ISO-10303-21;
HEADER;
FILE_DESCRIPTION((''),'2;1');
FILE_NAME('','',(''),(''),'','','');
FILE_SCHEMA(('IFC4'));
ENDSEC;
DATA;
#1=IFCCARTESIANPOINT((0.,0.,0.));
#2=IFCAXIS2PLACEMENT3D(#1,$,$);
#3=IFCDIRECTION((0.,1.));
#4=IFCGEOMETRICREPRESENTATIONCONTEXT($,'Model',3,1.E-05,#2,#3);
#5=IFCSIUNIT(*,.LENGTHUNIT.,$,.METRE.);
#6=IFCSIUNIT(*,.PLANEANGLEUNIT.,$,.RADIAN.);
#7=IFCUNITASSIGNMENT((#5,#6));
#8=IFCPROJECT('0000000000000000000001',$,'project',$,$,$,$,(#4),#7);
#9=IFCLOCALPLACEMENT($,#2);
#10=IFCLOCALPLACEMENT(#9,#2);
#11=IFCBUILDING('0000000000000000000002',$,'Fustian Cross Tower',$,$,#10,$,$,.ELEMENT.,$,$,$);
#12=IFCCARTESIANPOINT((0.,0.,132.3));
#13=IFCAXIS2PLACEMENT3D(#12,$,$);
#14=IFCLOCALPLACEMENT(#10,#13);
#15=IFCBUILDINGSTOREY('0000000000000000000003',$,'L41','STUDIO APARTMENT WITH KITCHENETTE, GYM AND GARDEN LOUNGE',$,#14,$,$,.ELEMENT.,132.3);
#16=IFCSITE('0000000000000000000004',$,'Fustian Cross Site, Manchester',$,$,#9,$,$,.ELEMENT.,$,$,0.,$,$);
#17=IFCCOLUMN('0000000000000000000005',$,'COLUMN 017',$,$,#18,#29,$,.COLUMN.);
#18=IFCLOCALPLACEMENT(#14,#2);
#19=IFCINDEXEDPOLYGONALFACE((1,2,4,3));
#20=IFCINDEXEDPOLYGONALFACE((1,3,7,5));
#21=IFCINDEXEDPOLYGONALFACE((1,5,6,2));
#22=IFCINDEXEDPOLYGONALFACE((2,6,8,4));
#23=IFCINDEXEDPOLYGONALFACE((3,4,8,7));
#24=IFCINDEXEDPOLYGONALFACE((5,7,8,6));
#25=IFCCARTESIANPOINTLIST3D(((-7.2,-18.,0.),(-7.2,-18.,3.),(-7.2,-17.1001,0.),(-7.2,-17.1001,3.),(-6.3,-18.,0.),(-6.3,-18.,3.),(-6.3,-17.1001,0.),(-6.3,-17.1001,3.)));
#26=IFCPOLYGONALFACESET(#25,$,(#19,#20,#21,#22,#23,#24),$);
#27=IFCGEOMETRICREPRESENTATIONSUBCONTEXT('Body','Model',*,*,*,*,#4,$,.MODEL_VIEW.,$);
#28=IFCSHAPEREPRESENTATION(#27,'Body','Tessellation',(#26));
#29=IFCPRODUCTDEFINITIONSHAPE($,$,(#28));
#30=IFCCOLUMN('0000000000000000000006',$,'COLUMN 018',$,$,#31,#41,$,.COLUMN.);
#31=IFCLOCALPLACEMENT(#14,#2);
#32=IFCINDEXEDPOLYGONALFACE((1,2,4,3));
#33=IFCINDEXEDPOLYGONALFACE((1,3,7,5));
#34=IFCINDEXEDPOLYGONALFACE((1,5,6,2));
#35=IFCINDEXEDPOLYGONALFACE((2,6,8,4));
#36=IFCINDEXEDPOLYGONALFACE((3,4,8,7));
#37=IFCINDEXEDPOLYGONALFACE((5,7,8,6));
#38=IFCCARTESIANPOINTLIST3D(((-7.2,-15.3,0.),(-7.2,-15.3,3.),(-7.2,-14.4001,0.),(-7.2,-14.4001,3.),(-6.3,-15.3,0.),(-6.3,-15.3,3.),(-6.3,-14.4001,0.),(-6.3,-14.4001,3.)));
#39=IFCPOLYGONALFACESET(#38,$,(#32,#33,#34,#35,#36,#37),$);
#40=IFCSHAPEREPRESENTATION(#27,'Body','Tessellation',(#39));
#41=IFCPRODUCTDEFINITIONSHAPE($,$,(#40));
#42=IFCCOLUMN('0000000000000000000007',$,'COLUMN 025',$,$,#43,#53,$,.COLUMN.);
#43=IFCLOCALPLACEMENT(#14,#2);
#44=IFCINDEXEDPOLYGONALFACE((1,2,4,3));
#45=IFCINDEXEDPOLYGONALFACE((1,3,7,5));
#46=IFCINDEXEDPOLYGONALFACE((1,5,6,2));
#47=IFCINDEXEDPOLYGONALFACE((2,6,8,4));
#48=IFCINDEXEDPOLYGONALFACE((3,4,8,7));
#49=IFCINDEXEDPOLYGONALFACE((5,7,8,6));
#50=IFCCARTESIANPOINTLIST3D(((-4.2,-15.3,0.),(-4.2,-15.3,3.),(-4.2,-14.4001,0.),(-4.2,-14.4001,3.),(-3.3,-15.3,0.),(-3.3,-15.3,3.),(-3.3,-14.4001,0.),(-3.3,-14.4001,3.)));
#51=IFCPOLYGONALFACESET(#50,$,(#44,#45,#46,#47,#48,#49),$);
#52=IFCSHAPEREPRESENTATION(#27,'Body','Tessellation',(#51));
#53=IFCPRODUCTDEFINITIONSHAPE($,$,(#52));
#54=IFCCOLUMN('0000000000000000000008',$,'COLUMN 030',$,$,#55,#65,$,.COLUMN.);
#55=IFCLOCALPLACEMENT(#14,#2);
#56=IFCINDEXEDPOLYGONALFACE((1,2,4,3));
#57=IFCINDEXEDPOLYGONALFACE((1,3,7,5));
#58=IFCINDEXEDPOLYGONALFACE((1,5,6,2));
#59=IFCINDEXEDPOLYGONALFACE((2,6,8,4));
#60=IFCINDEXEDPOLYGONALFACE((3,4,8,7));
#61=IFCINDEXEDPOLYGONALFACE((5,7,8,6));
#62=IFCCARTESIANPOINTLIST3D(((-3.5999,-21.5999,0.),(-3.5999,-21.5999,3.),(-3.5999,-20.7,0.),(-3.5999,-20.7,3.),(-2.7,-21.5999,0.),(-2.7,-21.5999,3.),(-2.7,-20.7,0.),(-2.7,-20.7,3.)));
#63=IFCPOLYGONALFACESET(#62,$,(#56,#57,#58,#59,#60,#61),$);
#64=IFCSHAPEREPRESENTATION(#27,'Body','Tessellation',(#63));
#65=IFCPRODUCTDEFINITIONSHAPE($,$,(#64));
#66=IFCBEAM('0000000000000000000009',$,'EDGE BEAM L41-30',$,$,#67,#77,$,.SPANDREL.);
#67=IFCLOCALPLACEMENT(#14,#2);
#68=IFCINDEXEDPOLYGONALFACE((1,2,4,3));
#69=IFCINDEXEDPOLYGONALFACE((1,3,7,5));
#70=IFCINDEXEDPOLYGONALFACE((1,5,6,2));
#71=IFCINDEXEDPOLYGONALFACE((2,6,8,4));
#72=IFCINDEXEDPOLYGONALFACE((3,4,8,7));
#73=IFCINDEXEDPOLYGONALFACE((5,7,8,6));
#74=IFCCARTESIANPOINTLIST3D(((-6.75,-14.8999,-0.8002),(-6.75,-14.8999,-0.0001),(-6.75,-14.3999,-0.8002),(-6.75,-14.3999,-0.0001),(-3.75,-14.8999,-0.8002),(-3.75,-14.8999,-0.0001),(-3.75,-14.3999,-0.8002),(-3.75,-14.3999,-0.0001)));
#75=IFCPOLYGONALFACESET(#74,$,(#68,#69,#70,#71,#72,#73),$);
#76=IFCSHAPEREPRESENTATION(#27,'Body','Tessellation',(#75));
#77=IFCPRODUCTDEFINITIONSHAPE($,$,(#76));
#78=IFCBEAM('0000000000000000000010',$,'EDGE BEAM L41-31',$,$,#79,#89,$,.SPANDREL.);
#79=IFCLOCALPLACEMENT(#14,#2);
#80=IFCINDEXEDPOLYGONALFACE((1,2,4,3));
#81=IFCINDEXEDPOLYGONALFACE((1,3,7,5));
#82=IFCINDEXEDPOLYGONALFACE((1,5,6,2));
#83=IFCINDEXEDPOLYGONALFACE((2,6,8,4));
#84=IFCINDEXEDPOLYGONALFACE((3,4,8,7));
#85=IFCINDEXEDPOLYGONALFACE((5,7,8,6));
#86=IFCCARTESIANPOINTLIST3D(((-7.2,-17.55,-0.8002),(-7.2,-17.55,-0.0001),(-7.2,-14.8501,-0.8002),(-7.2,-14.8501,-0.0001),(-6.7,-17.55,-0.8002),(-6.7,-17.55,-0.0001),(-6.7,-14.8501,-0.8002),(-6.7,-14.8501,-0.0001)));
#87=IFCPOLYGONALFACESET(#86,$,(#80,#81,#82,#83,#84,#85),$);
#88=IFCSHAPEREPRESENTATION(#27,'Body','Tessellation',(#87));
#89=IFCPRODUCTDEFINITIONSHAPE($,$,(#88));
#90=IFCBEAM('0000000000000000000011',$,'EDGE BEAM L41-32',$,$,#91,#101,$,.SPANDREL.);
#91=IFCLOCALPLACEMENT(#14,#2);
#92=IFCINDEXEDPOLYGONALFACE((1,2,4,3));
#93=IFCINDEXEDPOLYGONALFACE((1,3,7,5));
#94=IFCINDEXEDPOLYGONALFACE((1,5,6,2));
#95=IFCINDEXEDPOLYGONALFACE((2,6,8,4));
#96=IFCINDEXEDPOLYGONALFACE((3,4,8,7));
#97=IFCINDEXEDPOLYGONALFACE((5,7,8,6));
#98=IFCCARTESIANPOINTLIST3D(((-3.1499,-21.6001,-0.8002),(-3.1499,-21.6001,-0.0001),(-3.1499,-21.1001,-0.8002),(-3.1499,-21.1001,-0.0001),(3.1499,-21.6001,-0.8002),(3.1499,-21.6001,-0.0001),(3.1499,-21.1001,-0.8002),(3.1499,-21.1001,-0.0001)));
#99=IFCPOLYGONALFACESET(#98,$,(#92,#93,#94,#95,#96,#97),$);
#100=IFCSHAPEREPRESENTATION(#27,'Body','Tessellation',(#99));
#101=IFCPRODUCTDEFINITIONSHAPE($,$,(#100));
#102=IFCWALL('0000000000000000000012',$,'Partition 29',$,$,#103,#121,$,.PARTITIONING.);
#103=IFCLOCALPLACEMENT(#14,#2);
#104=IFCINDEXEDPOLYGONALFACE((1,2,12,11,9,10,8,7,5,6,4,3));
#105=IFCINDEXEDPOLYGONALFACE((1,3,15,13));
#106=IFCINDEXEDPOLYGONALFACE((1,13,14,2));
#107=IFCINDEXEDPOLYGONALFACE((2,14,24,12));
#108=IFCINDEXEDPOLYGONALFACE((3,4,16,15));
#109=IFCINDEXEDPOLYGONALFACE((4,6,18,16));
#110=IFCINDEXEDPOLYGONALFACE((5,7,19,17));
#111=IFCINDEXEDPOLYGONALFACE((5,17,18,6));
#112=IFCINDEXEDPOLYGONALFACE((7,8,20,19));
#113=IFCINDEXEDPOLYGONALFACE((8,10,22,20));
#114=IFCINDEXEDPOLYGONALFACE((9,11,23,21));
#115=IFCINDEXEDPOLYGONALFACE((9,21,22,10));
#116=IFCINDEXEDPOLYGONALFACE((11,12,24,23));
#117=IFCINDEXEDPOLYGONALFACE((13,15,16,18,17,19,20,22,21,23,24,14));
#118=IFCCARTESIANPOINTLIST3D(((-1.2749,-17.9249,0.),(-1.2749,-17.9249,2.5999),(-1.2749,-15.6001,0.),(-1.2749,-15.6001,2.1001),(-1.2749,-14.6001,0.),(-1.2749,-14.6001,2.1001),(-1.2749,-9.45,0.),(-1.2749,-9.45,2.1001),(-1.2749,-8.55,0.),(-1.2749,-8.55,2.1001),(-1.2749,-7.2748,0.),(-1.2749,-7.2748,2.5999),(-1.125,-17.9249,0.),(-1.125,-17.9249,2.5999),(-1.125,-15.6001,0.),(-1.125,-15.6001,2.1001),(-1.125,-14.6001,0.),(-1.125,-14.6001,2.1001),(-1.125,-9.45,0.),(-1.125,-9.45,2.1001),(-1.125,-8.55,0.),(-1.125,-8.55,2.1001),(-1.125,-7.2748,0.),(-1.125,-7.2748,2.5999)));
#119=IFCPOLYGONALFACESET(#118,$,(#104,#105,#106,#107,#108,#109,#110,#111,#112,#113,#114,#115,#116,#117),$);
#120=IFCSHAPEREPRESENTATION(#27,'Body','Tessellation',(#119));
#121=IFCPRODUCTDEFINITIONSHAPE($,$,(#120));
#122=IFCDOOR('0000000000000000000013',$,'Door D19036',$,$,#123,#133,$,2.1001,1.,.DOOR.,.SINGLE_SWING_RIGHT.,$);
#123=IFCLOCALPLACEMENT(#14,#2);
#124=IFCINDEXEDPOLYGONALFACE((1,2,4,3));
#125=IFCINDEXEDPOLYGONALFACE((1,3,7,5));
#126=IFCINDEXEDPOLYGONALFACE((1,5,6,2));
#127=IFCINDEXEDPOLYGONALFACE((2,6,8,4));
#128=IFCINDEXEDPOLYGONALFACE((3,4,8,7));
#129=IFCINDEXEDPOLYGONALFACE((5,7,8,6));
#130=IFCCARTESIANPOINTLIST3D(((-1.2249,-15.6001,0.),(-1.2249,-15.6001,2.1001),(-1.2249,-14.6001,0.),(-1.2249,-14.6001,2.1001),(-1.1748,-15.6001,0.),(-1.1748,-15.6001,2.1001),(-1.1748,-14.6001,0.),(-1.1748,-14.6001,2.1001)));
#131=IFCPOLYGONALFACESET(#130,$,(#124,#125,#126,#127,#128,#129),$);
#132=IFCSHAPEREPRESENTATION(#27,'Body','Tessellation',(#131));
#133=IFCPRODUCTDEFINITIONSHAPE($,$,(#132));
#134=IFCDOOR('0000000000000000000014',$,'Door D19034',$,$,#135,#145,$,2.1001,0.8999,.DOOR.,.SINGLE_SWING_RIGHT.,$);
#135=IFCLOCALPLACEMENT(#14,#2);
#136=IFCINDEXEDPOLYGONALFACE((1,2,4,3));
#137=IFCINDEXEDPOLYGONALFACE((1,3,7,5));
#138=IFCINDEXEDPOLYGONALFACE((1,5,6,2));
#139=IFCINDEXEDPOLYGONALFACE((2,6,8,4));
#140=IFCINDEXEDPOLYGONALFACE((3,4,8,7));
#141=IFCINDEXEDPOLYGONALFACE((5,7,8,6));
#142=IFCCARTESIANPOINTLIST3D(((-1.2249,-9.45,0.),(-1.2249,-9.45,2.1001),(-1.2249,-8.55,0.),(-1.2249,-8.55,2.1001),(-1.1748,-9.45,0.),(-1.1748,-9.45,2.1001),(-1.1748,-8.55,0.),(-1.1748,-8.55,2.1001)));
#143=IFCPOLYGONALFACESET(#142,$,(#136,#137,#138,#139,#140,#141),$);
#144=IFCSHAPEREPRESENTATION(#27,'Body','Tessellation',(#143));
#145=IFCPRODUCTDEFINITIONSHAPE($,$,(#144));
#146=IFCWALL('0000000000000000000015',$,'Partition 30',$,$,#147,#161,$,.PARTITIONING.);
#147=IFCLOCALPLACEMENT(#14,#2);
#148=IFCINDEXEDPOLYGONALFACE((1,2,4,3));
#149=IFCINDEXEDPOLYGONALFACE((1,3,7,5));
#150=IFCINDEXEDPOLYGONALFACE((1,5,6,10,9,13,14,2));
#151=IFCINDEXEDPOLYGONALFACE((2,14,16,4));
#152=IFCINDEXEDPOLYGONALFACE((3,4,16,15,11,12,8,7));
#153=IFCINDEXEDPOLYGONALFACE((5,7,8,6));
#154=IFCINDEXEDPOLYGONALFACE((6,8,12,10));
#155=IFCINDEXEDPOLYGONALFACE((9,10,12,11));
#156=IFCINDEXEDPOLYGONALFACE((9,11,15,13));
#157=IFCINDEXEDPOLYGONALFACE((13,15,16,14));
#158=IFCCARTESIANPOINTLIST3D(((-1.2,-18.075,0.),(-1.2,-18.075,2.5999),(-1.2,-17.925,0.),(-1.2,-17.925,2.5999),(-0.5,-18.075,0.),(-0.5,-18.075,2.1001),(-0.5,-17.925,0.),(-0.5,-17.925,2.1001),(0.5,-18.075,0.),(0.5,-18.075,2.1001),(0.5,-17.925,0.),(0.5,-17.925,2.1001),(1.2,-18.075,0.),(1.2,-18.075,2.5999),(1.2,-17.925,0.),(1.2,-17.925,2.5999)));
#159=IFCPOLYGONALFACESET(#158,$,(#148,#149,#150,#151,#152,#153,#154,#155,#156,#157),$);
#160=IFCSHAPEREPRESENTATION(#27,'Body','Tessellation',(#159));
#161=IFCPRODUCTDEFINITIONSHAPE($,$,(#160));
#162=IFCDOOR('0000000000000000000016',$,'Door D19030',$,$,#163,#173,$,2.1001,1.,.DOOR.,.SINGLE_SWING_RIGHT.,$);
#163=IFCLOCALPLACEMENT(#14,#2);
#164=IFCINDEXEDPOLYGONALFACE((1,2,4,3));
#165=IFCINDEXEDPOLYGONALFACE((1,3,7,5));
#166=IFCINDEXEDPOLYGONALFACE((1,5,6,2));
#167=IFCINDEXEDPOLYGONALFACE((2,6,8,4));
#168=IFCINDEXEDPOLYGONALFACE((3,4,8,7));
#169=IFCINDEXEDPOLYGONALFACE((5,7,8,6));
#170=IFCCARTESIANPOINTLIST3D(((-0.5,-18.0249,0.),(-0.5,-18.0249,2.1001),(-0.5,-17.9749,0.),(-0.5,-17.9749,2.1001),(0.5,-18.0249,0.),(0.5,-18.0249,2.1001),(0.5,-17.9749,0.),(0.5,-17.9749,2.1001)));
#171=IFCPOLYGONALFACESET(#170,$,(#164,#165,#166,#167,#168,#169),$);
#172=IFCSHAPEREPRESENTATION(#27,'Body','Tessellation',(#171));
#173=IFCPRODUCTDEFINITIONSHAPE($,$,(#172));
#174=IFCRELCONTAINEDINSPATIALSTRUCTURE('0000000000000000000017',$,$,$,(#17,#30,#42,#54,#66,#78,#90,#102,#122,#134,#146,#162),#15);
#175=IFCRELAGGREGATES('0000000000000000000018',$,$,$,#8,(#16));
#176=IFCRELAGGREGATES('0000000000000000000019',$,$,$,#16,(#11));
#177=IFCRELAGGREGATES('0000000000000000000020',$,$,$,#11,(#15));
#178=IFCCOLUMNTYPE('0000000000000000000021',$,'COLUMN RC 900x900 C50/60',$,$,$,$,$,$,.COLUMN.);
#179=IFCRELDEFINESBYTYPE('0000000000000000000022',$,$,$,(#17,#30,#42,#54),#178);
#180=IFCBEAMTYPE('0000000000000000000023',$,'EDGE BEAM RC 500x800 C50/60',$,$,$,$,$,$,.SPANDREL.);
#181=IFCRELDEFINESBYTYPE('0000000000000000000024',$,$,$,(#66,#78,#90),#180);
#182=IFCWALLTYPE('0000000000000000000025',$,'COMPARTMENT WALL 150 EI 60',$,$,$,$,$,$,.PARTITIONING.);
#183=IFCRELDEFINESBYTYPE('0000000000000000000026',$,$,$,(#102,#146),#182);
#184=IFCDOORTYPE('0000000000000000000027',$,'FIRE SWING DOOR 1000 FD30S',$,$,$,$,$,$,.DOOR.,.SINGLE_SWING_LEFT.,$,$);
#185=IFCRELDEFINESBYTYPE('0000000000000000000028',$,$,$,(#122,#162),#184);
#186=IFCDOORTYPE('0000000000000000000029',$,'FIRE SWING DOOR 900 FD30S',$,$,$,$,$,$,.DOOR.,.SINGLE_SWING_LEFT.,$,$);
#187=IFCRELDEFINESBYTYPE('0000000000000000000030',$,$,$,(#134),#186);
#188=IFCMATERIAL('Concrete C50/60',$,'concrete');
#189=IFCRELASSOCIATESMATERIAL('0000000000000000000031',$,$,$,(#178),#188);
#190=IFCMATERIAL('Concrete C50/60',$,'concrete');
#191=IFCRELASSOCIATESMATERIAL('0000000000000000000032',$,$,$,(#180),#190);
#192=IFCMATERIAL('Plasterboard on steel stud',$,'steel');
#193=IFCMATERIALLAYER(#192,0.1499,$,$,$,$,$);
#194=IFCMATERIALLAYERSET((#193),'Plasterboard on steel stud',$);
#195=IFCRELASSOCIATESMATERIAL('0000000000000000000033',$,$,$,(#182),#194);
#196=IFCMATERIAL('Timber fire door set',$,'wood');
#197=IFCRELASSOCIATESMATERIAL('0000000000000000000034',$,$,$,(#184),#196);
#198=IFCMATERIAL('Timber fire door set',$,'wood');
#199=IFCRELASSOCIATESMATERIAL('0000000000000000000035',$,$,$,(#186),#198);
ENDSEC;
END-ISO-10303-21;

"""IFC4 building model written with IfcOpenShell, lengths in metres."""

from ifc_helpers import new_model, si_unit, direction, frame, frame_2d, origin, origin_2d, place, context, subcontext, project, spatial, rectangle, extrude, material, layer, layer_set, material_profile, profile_set, type_object, element, fill, save


model = new_model("IFC4")

# Units and contexts
model_context = context("Model", 3, precision=1e-05, world=origin(), true_north=direction((0.0, 1.0)))
body_context = subcontext(model_context, "Body", "Model", "MODEL_VIEW")
ifc_project = project(units=[si_unit("LENGTHUNIT", "METRE"), si_unit("PLANEANGLEUNIT", "RADIAN")], contexts=[model_context])

# Site, building, storey
site_placement = place(None, origin())
site = spatial("IfcSite", under=ifc_project, at=site_placement, Name="Fustian Cross Site, Manchester", CompositionType="ELEMENT", RefElevation=0.0)
building_placement = place(site_placement, origin())
building = spatial("IfcBuilding", under=site, at=building_placement, Name="Fustian Cross Tower", CompositionType="ELEMENT")
storey_placement = place(building_placement, frame((0.0, 0.0, 132.3)))
storey = spatial("IfcBuildingStorey", under=building, at=storey_placement, Name="L41", Description="STUDIO APARTMENT WITH KITCHENETTE, GYM AND GARDEN LOUNGE", CompositionType="ELEMENT", Elevation=132.3)

# Columns
ifc_material_1 = material(Name="Concrete C50/60", Category="concrete")
ifc_material_profile_1 = material_profile(ifc_material_1, rectangle(XDim=0.8999, YDim=0.8999, at=origin_2d()), Name="RC 900x900")
ifc_profile_set_1 = profile_set([ifc_material_profile_1], Name="Concrete C50/60")
column_type = type_object("IfcColumnType", Name="COLUMN RC 900x900 C50/60", PredefinedType="COLUMN", material=ifc_profile_set_1)
for number, where, z_axis, x_axis, name in (
    (1, (-6.75, -17.55, 0.0), (0.0, 0.0, 1.0), (1.0, 0.0, 0.0), "COLUMN 017"),
    (2, (-6.75, -14.8501, 0.0), (0.0, 0.0, 1.0), (1.0, 0.0, 0.0), "COLUMN 018"),
    (3, (-3.75, -14.8501, 0.0), (0.0, 0.0, 1.0), (1.0, 0.0, 0.0), "COLUMN 025"),
    (4, (-3.1499, -21.1499, 0.0), (0.0, 0.0, 1.0), (1.0, 0.0, 0.0), "COLUMN 030"),
):
    element("IfcColumn", number, at=place(storey_placement, frame(where, z_axis=z_axis, x_axis=x_axis)), inside=storey, type_object=column_type, Name=name, PredefinedType="COLUMN", context=body_context, shape_type="SweptSolid", body=[
        extrude(rectangle(XDim=0.8999, YDim=0.8999, at=origin_2d()), origin(), (0.0, 0.0, 1.0), 3.0),
    ])

# Beams
ifc_material_2 = material(Name="Concrete C50/60", Category="concrete")
ifc_material_profile_2 = material_profile(ifc_material_2, rectangle(XDim=0.5, YDim=0.8, at=origin_2d()), Name="RC 500x800")
ifc_profile_set_2 = profile_set([ifc_material_profile_2], Name="Concrete C50/60")
beam_type = type_object("IfcBeamType", Name="EDGE BEAM RC 500x800 C50/60", PredefinedType="SPANDREL", material=ifc_profile_set_2)
beam_1_placement = place(storey_placement, frame((-3.75, -14.6499, -0.4001), z_axis=(-1.0, 0.0, 0.0), x_axis=(0.0, -1.0, 0.0)))
element("IfcBeam", 5, at=beam_1_placement, inside=storey, type_object=beam_type, Name="EDGE BEAM L41-30", PredefinedType="SPANDREL", context=body_context, shape_type="SweptSolid", body=[
    extrude(rectangle(XDim=0.5, YDim=0.8, at=origin_2d()), origin(), (0.0, 0.0, 1.0), 3.0),
])
beam_2_placement = place(storey_placement, frame((-6.95, -14.8501, -0.4001), z_axis=(0.0, -1.0, 0.0), x_axis=(1.0, 0.0, 0.0)))
element("IfcBeam", 6, at=beam_2_placement, inside=storey, type_object=beam_type, Name="EDGE BEAM L41-31", PredefinedType="SPANDREL", context=body_context, shape_type="SweptSolid", body=[
    extrude(rectangle(XDim=0.5, YDim=0.8, at=origin_2d()), origin(), (0.0, 0.0, 1.0), 2.7),
])
beam_3_placement = place(storey_placement, frame((-3.1499, -21.3501, -0.4001), z_axis=(1.0, 0.0, 0.0), x_axis=(0.0, 1.0, 0.0)))
element("IfcBeam", 7, at=beam_3_placement, inside=storey, type_object=beam_type, Name="EDGE BEAM L41-32", PredefinedType="SPANDREL", context=body_context, shape_type="SweptSolid", body=[
    extrude(rectangle(XDim=0.5, YDim=0.8, at=origin_2d()), origin(), (0.0, 0.0, 1.0), 6.2998),
])

# Wall, openings, doors
ifc_material_3 = material(Name="Plasterboard on steel stud", Category="steel")
ifc_layer_1 = layer(ifc_material_3, 0.1499)
ifc_layer_set_1 = layer_set([ifc_layer_1], Name="Plasterboard on steel stud")
wall_type_1 = type_object("IfcWallType", Name="COMPARTMENT WALL 150 EI 60", PredefinedType="PARTITIONING", material=ifc_layer_set_1)
wall_1_placement = place(storey_placement, frame((-1.2, -17.925, 0.0), z_axis=(0.0, 0.0, 1.0), x_axis=(0.0, 1.0, 0.0)))
wall_1 = element("IfcWall", 8, at=wall_1_placement, inside=storey, type_object=wall_type_1, Name="Partition 29", PredefinedType="PARTITIONING", context=body_context, shape_type="SweptSolid", body=[
    extrude(rectangle(XDim=10.6501, YDim=0.1499, at=frame_2d((5.3252, 0.0))), origin(), (0.0, 0.0, 1.0), 2.5999),
])
opening_1_placement = place(wall_1_placement, frame((8.4751, 0.0, 0.0)))
opening_1 = element("IfcOpeningElement", 9, at=opening_1_placement, cuts=wall_1, PredefinedType="OPENING", context=body_context, shape_type="SweptSolid", body=[
    extrude(rectangle(XDim=0.8999, YDim=2.1001, at=frame_2d((0.45, 1.05))), frame((0.0, 0.085, 0.0), z_axis=(0.0, -1.0, 0.0), x_axis=(1.0, 0.0, 0.0)), (0.0, 0.0, 1.0), 0.1699),
])
opening_2_placement = place(wall_1_placement, frame((2.325, 0.0, 0.0)))
opening_2 = element("IfcOpeningElement", 10, at=opening_2_placement, cuts=wall_1, PredefinedType="OPENING", context=body_context, shape_type="SweptSolid", body=[
    extrude(rectangle(XDim=1.0, YDim=2.1001, at=frame_2d((0.5, 1.05))), frame((0.0, 0.085, 0.0), z_axis=(0.0, -1.0, 0.0), x_axis=(1.0, 0.0, 0.0)), (0.0, 0.0, 1.0), 0.1699),
])
ifc_material_4 = material(Name="Timber fire door set", Category="wood")
door_type_1 = type_object("IfcDoorType", Name="FIRE SWING DOOR 1000 FD30S", OperationType="SINGLE_SWING_LEFT", PredefinedType="DOOR", material=ifc_material_4)
door_1_placement = place(opening_2_placement, origin())
door_1 = element("IfcDoor", 11, at=door_1_placement, inside=storey, type_object=door_type_1, Name="Door D19036", OperationType="SINGLE_SWING_RIGHT", OverallHeight=2.1001, OverallWidth=1.0, PredefinedType="DOOR", context=body_context, shape_type="SweptSolid", body=[
    extrude(rectangle(XDim=1.0, YDim=2.1001, at=frame_2d((0.5, 1.05))), frame((0.0, 0.0249, 0.0), z_axis=(0.0, -1.0, 0.0), x_axis=(1.0, 0.0, 0.0)), (0.0, 0.0, 1.0), 0.05),
])
fill(opening_2, door_1)
ifc_material_5 = material(Name="Timber fire door set", Category="wood")
door_type_2 = type_object("IfcDoorType", Name="FIRE SWING DOOR 900 FD30S", OperationType="SINGLE_SWING_LEFT", PredefinedType="DOOR", material=ifc_material_5)
door_2_placement = place(opening_1_placement, origin())
door_2 = element("IfcDoor", 12, at=door_2_placement, inside=storey, type_object=door_type_2, Name="Door D19034", OperationType="SINGLE_SWING_RIGHT", OverallHeight=2.1001, OverallWidth=0.8999, PredefinedType="DOOR", context=body_context, shape_type="SweptSolid", body=[
    extrude(rectangle(XDim=0.8999, YDim=2.1001, at=frame_2d((0.45, 1.05))), frame((0.0, 0.0249, 0.0), z_axis=(0.0, -1.0, 0.0), x_axis=(1.0, 0.0, 0.0)), (0.0, 0.0, 1.0), 0.05),
])
fill(opening_1, door_2)

# Wall, opening, door
wall_2_placement = place(storey_placement, frame((-1.2, -18.0, 0.0), z_axis=(0.0, 0.0, 1.0), x_axis=(1.0, 0.0, 0.0)))
wall_2 = element("IfcWall", 13, at=wall_2_placement, inside=storey, type_object=wall_type_1, Name="Partition 30", PredefinedType="PARTITIONING", context=body_context, shape_type="SweptSolid", body=[
    extrude(rectangle(XDim=2.3999, YDim=0.1499, at=frame_2d((1.2, 0.0))), origin(), (0.0, 0.0, 1.0), 2.5999),
])
opening_3_placement = place(wall_2_placement, frame((0.7, 0.0, 0.0)))
opening_3 = element("IfcOpeningElement", 14, at=opening_3_placement, cuts=wall_2, PredefinedType="OPENING", context=body_context, shape_type="SweptSolid", body=[
    extrude(rectangle(XDim=1.0, YDim=2.1001, at=frame_2d((0.5, 1.05))), frame((0.0, 0.085, 0.0), z_axis=(0.0, -1.0, 0.0), x_axis=(1.0, 0.0, 0.0)), (0.0, 0.0, 1.0), 0.1699),
])
door_3_placement = place(opening_3_placement, frame((1.0, 0.0, 0.0), z_axis=(0.0, 0.0, 1.0), x_axis=(-1.0, 0.0, 0.0)))
door_3 = element("IfcDoor", 15, at=door_3_placement, inside=storey, type_object=door_type_1, Name="Door D19030", OperationType="SINGLE_SWING_RIGHT", OverallHeight=2.1001, OverallWidth=1.0, PredefinedType="DOOR", context=body_context, shape_type="SweptSolid", body=[
    extrude(rectangle(XDim=1.0, YDim=2.1001, at=frame_2d((0.5, 1.05))), frame((0.0, 0.0249, 0.0), z_axis=(0.0, -1.0, 0.0), x_axis=(1.0, 0.0, 0.0)), (0.0, 0.0, 1.0), 0.05),
])
fill(opening_3, door_3)

save(model, "model.ifc")
